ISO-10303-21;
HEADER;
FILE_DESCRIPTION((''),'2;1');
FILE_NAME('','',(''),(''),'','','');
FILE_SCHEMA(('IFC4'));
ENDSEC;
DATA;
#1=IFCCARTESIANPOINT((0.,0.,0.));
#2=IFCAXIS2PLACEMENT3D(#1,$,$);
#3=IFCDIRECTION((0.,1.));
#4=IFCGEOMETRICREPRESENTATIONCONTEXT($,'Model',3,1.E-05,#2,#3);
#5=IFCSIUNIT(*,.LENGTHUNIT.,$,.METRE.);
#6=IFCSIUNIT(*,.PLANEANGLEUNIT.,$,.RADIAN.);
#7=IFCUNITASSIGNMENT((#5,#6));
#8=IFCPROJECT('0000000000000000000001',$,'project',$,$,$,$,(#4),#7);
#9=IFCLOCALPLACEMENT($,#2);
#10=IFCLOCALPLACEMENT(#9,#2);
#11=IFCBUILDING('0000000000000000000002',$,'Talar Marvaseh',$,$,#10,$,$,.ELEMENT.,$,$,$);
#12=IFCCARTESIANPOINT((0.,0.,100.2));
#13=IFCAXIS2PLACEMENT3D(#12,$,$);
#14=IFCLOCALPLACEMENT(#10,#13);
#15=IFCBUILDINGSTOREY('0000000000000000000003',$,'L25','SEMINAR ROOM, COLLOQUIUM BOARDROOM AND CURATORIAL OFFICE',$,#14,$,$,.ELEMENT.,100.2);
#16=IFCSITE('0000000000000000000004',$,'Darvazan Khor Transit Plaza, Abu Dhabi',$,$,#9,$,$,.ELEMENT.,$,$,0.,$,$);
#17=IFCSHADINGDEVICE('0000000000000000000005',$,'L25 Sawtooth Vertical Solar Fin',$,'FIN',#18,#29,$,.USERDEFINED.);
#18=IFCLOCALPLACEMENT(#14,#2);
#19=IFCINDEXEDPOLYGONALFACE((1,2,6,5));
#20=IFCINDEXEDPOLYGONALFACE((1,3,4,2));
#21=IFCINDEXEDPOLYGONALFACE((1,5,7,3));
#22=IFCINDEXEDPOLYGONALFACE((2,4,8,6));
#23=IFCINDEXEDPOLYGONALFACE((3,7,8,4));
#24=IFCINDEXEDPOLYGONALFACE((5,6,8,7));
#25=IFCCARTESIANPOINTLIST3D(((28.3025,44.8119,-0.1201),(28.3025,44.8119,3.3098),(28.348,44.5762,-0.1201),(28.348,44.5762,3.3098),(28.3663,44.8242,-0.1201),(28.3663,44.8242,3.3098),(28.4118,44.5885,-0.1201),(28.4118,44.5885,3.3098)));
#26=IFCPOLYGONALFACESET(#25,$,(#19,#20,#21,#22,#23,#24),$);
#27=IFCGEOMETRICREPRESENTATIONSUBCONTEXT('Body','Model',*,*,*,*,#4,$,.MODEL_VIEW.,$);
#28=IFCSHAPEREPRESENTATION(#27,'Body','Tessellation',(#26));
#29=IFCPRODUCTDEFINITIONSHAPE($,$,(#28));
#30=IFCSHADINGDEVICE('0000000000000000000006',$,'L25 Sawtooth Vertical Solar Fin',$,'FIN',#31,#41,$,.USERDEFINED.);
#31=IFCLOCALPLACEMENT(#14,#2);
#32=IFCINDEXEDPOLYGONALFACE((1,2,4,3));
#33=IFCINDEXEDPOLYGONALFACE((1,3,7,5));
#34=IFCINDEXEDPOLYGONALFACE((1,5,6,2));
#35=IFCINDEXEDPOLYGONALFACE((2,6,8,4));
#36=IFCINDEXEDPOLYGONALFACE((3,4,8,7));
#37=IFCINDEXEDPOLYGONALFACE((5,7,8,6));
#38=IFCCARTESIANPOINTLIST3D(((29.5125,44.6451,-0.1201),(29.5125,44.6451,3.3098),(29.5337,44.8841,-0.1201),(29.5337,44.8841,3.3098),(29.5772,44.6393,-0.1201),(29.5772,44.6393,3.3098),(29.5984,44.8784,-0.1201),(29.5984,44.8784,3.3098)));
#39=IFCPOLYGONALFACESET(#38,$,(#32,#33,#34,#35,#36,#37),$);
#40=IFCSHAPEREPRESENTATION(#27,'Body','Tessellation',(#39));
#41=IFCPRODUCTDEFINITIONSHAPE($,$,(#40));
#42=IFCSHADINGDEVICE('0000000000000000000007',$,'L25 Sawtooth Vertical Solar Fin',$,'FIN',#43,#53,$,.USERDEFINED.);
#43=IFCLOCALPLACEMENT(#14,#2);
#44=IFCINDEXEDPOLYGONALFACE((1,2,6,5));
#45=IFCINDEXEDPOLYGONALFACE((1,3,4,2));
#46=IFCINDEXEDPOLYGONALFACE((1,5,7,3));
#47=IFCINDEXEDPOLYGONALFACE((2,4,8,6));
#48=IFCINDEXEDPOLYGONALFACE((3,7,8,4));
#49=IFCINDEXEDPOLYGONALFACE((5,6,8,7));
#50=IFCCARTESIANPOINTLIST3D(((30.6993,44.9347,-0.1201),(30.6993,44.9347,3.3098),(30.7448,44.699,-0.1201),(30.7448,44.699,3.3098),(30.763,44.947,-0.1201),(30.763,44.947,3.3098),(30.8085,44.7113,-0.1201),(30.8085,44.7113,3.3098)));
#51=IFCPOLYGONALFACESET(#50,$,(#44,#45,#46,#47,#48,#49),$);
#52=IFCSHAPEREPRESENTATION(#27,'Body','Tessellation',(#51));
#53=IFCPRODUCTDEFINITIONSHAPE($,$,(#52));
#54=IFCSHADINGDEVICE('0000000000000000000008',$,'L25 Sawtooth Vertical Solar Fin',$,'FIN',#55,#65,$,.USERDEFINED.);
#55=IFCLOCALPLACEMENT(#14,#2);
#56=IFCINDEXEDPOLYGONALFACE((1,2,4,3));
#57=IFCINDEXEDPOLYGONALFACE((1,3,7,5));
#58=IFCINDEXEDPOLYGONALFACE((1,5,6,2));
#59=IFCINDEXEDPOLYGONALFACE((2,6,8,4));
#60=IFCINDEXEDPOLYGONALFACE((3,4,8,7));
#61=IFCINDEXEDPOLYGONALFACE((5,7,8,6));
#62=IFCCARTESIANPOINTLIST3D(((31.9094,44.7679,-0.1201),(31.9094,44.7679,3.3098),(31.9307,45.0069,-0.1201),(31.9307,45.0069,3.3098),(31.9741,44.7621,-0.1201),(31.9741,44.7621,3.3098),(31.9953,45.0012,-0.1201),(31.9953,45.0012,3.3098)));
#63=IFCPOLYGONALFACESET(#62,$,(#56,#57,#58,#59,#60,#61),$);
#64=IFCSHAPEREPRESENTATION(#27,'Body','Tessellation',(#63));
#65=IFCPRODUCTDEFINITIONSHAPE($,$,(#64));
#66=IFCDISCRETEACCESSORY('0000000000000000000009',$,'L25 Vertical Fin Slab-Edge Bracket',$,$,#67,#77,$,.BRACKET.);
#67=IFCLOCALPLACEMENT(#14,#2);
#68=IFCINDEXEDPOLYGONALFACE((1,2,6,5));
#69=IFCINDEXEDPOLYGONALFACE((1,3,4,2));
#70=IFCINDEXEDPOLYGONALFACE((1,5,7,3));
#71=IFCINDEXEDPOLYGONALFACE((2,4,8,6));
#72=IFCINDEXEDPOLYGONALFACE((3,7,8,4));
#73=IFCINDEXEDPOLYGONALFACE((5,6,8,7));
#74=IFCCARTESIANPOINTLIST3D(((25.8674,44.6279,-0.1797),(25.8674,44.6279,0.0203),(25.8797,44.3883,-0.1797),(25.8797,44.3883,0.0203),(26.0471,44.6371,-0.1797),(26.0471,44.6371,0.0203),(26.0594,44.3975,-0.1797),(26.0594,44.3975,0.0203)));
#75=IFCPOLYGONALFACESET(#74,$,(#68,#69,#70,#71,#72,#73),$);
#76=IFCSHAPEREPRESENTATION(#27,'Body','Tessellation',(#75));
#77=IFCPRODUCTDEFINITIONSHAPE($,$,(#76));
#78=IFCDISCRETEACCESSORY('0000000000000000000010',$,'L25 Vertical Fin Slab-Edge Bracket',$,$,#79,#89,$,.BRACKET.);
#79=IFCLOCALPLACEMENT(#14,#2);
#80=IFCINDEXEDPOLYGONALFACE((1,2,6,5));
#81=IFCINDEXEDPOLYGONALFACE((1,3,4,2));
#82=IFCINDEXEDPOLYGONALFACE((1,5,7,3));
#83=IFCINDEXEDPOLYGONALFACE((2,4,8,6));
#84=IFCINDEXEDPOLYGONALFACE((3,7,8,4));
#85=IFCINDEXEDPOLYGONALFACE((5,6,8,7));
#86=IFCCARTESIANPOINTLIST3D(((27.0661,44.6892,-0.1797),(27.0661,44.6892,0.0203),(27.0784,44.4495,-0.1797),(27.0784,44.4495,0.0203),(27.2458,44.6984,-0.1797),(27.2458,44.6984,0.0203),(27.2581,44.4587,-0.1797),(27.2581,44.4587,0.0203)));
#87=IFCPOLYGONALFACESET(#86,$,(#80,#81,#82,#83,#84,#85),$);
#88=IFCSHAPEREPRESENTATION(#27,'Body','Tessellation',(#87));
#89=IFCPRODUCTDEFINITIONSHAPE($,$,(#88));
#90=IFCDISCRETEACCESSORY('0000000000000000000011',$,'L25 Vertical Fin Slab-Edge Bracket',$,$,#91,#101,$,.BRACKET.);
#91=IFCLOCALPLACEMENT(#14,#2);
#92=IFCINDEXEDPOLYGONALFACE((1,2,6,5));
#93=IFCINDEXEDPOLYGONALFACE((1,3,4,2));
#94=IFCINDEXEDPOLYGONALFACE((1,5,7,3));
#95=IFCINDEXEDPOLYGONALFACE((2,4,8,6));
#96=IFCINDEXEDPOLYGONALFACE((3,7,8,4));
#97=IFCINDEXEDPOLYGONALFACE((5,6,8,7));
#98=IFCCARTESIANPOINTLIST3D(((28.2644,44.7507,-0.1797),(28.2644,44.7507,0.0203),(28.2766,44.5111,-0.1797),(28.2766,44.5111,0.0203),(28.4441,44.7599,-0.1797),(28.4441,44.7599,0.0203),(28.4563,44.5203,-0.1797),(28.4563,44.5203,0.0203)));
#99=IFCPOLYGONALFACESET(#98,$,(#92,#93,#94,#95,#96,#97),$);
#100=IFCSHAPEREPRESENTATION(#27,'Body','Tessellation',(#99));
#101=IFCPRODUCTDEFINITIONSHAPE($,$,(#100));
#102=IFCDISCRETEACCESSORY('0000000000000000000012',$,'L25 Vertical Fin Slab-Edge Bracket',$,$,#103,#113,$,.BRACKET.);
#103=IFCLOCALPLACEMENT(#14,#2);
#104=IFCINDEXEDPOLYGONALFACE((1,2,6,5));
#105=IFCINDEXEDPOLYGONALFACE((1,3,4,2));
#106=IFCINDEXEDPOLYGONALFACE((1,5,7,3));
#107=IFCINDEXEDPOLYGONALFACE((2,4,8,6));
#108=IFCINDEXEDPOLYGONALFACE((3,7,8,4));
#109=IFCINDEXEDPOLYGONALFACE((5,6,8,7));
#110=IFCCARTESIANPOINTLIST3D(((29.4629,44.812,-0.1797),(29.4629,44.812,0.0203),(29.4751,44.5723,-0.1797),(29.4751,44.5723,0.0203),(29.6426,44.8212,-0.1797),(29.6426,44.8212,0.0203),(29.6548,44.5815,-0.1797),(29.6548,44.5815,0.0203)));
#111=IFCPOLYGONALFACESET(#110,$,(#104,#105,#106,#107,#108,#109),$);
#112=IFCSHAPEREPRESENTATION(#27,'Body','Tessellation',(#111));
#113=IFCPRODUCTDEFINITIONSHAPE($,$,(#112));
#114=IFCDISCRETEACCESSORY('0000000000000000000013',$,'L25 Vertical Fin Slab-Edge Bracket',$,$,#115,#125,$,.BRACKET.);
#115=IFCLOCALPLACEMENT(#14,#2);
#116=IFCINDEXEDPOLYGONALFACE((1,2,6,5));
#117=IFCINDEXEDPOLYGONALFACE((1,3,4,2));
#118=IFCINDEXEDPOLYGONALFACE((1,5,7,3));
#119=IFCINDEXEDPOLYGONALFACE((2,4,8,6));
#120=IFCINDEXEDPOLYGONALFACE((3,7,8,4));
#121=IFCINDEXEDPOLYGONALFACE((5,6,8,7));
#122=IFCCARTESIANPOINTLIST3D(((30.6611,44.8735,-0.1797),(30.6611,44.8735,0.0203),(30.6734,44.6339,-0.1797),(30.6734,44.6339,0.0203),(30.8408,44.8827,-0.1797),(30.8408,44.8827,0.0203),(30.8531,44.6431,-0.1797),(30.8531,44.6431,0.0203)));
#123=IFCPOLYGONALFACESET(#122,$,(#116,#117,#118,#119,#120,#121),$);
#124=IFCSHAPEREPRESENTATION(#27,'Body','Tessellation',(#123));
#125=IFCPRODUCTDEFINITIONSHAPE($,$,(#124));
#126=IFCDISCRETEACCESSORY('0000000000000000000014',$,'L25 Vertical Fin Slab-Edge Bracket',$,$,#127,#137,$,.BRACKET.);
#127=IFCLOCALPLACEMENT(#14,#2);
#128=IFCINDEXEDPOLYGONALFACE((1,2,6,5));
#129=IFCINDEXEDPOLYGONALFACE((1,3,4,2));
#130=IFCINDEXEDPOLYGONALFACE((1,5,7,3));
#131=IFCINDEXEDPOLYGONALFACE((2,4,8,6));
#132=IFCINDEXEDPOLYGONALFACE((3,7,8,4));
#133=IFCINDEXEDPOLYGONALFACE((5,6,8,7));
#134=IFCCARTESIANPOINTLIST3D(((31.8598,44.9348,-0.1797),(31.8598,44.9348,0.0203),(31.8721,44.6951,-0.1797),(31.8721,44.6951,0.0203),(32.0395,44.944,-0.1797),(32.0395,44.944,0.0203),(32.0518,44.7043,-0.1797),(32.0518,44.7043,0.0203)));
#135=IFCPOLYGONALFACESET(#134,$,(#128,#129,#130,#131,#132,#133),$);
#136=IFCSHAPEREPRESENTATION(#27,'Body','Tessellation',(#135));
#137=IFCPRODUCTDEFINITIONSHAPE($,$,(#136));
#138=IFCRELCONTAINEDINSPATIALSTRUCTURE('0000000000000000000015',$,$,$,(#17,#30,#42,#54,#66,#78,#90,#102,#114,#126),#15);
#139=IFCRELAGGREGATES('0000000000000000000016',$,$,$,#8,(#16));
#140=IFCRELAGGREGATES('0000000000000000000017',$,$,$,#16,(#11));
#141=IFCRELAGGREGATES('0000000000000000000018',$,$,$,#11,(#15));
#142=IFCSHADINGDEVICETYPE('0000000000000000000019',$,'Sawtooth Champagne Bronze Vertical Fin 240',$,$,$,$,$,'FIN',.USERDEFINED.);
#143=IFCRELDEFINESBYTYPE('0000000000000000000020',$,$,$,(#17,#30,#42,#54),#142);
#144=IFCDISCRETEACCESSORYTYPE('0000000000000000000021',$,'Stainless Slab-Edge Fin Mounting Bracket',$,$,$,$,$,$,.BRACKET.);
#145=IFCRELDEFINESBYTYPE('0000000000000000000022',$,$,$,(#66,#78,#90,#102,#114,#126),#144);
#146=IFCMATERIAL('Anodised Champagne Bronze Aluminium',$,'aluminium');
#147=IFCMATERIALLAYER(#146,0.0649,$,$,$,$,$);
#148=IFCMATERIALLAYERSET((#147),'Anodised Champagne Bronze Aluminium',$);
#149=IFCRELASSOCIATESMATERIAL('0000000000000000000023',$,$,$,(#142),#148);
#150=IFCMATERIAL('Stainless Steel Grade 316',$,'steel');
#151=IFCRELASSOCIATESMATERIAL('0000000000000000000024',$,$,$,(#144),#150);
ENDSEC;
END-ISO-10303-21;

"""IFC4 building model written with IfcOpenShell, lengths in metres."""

from ifc_helpers import new_model, si_unit, direction, frame, origin, origin_2d, place, context, subcontext, project, spatial, rectangle, extrude, source, transform, mapped, material, layer, layer_set, type_object, type_shapes, element, save


model = new_model("IFC4")

# Units and contexts
model_context = context("Model", 3, precision=1e-05, world=origin(), true_north=direction((0.0, 1.0)))
body_context = subcontext(model_context, "Body", "Model", "MODEL_VIEW")
ifc_project = project(units=[si_unit("LENGTHUNIT", "METRE"), si_unit("PLANEANGLEUNIT", "RADIAN")], contexts=[model_context])

# Site, building, storey
site_placement = place(None, origin())
site = spatial("IfcSite", under=ifc_project, at=site_placement, Name="Darvazan Khor Transit Plaza, Abu Dhabi", CompositionType="ELEMENT", RefElevation=0.0)
building_placement = place(site_placement, origin())
building = spatial("IfcBuilding", under=site, at=building_placement, Name="Talar Marvaseh", CompositionType="ELEMENT")
storey_placement = place(building_placement, frame((0.0, 0.0, 100.2)))
storey = spatial("IfcBuildingStorey", under=building, at=storey_placement, Name="L25", Description="SEMINAR ROOM, COLLOQUIUM BOARDROOM AND CURATORIAL OFFICE", CompositionType="ELEMENT", Elevation=100.2)

# Shading devices
ifc_material_1 = material(Name="Anodised Champagne Bronze Aluminium", Category="aluminium")
ifc_layer_1 = layer(ifc_material_1, 0.0649)
ifc_layer_set_1 = layer_set([ifc_layer_1], Name="Anodised Champagne Bronze Aluminium")
shading_device_type = type_object("IfcShadingDeviceType", Name="Sawtooth Champagne Bronze Vertical Fin 240", ElementType="FIN", PredefinedType="USERDEFINED", material=ifc_layer_set_1)
shared_shape_1 = source(origin(), body_context, "Body", "SweptSolid", [
    extrude(rectangle(XDim=0.24, YDim=0.0649, at=origin_2d()), origin(), (0.0, 0.0, 1.0), 3.4299),
])
type_shapes(shading_device_type, [shared_shape_1])
for number, where, z_axis, x_axis, name in (
    (1, (28.3572, 44.7002, -0.1201), (0.0, 0.0, 1.0), (-0.18961, 0.98186, 0.0), "L25 Sawtooth Vertical Solar Fin"),
    (2, (29.5554, 44.7617, -0.1201), (0.0, 0.0, 1.0), (0.088373, 0.996087, 0.0), "L25 Sawtooth Vertical Solar Fin"),
    (3, (30.7539, 44.823, -0.1201), (0.0, 0.0, 1.0), (-0.18961, 0.98186, 0.0), "L25 Sawtooth Vertical Solar Fin"),
    (4, (31.9524, 44.8845, -0.1201), (0.0, 0.0, 1.0), (0.088373, 0.996087, 0.0), "L25 Sawtooth Vertical Solar Fin"),
):
    element("IfcShadingDevice", number, at=place(storey_placement, frame(where, z_axis=z_axis, x_axis=x_axis)), inside=storey, type_object=shading_device_type, Name=name, ObjectType="FIN", PredefinedType="USERDEFINED", context=body_context, shape_type="MappedRepresentation", body=[
        mapped(shared_shape_1, transform((0.0, 0.0, 0.0), x_axis=(1.0, 0.0, 0.0), y_axis=(0.0, 1.0, 0.0), z_axis=(0.0, 0.0, 1.0), scale=1.0)),
    ])

# Discrete accessories
ifc_material_2 = material(Name="Stainless Steel Grade 316", Category="steel")
discrete_accessory_type = type_object("IfcDiscreteAccessoryType", Name="Stainless Slab-Edge Fin Mounting Bracket", PredefinedType="BRACKET", material=ifc_material_2)
shared_shape_2 = source(origin(), body_context, "Body", "SweptSolid", [
    extrude(rectangle(XDim=0.24, YDim=0.1799, at=origin_2d()), origin(), (0.0, 0.0, 1.0), 0.2),
])
type_shapes(discrete_accessory_type, [shared_shape_2])
for number, where, z_axis, x_axis, name in (
    (5, (25.9634, 44.5127, -0.1797), (0.0, 0.0, 1.0), (-0.051116, 0.998693, 0.0), "L25 Vertical Fin Slab-Edge Bracket"),
    (6, (27.1621, 44.574, -0.1797), (0.0, 0.0, 1.0), (-0.051116, 0.998693, 0.0), "L25 Vertical Fin Slab-Edge Bracket"),
    (7, (28.3604, 44.6355, -0.1797), (0.0, 0.0, 1.0), (-0.051116, 0.998693, 0.0), "L25 Vertical Fin Slab-Edge Bracket"),
    (8, (29.5588, 44.6968, -0.1797), (0.0, 0.0, 1.0), (-0.051116, 0.998693, 0.0), "L25 Vertical Fin Slab-Edge Bracket"),
    (9, (30.7571, 44.7583, -0.1797), (0.0, 0.0, 1.0), (-0.051116, 0.998693, 0.0), "L25 Vertical Fin Slab-Edge Bracket"),
    (10, (31.9558, 44.8196, -0.1797), (0.0, 0.0, 1.0), (-0.051116, 0.998693, 0.0), "L25 Vertical Fin Slab-Edge Bracket"),
):
    element("IfcDiscreteAccessory", number, at=place(storey_placement, frame(where, z_axis=z_axis, x_axis=x_axis)), inside=storey, type_object=discrete_accessory_type, Name=name, PredefinedType="BRACKET", context=body_context, shape_type="MappedRepresentation", body=[
        mapped(shared_shape_2, transform((0.0, 0.0, 0.0), x_axis=(1.0, 0.0, 0.0), y_axis=(0.0, 1.0, 0.0), z_axis=(0.0, 0.0, 1.0), scale=1.0)),
    ])

save(model, "model.ifc")
